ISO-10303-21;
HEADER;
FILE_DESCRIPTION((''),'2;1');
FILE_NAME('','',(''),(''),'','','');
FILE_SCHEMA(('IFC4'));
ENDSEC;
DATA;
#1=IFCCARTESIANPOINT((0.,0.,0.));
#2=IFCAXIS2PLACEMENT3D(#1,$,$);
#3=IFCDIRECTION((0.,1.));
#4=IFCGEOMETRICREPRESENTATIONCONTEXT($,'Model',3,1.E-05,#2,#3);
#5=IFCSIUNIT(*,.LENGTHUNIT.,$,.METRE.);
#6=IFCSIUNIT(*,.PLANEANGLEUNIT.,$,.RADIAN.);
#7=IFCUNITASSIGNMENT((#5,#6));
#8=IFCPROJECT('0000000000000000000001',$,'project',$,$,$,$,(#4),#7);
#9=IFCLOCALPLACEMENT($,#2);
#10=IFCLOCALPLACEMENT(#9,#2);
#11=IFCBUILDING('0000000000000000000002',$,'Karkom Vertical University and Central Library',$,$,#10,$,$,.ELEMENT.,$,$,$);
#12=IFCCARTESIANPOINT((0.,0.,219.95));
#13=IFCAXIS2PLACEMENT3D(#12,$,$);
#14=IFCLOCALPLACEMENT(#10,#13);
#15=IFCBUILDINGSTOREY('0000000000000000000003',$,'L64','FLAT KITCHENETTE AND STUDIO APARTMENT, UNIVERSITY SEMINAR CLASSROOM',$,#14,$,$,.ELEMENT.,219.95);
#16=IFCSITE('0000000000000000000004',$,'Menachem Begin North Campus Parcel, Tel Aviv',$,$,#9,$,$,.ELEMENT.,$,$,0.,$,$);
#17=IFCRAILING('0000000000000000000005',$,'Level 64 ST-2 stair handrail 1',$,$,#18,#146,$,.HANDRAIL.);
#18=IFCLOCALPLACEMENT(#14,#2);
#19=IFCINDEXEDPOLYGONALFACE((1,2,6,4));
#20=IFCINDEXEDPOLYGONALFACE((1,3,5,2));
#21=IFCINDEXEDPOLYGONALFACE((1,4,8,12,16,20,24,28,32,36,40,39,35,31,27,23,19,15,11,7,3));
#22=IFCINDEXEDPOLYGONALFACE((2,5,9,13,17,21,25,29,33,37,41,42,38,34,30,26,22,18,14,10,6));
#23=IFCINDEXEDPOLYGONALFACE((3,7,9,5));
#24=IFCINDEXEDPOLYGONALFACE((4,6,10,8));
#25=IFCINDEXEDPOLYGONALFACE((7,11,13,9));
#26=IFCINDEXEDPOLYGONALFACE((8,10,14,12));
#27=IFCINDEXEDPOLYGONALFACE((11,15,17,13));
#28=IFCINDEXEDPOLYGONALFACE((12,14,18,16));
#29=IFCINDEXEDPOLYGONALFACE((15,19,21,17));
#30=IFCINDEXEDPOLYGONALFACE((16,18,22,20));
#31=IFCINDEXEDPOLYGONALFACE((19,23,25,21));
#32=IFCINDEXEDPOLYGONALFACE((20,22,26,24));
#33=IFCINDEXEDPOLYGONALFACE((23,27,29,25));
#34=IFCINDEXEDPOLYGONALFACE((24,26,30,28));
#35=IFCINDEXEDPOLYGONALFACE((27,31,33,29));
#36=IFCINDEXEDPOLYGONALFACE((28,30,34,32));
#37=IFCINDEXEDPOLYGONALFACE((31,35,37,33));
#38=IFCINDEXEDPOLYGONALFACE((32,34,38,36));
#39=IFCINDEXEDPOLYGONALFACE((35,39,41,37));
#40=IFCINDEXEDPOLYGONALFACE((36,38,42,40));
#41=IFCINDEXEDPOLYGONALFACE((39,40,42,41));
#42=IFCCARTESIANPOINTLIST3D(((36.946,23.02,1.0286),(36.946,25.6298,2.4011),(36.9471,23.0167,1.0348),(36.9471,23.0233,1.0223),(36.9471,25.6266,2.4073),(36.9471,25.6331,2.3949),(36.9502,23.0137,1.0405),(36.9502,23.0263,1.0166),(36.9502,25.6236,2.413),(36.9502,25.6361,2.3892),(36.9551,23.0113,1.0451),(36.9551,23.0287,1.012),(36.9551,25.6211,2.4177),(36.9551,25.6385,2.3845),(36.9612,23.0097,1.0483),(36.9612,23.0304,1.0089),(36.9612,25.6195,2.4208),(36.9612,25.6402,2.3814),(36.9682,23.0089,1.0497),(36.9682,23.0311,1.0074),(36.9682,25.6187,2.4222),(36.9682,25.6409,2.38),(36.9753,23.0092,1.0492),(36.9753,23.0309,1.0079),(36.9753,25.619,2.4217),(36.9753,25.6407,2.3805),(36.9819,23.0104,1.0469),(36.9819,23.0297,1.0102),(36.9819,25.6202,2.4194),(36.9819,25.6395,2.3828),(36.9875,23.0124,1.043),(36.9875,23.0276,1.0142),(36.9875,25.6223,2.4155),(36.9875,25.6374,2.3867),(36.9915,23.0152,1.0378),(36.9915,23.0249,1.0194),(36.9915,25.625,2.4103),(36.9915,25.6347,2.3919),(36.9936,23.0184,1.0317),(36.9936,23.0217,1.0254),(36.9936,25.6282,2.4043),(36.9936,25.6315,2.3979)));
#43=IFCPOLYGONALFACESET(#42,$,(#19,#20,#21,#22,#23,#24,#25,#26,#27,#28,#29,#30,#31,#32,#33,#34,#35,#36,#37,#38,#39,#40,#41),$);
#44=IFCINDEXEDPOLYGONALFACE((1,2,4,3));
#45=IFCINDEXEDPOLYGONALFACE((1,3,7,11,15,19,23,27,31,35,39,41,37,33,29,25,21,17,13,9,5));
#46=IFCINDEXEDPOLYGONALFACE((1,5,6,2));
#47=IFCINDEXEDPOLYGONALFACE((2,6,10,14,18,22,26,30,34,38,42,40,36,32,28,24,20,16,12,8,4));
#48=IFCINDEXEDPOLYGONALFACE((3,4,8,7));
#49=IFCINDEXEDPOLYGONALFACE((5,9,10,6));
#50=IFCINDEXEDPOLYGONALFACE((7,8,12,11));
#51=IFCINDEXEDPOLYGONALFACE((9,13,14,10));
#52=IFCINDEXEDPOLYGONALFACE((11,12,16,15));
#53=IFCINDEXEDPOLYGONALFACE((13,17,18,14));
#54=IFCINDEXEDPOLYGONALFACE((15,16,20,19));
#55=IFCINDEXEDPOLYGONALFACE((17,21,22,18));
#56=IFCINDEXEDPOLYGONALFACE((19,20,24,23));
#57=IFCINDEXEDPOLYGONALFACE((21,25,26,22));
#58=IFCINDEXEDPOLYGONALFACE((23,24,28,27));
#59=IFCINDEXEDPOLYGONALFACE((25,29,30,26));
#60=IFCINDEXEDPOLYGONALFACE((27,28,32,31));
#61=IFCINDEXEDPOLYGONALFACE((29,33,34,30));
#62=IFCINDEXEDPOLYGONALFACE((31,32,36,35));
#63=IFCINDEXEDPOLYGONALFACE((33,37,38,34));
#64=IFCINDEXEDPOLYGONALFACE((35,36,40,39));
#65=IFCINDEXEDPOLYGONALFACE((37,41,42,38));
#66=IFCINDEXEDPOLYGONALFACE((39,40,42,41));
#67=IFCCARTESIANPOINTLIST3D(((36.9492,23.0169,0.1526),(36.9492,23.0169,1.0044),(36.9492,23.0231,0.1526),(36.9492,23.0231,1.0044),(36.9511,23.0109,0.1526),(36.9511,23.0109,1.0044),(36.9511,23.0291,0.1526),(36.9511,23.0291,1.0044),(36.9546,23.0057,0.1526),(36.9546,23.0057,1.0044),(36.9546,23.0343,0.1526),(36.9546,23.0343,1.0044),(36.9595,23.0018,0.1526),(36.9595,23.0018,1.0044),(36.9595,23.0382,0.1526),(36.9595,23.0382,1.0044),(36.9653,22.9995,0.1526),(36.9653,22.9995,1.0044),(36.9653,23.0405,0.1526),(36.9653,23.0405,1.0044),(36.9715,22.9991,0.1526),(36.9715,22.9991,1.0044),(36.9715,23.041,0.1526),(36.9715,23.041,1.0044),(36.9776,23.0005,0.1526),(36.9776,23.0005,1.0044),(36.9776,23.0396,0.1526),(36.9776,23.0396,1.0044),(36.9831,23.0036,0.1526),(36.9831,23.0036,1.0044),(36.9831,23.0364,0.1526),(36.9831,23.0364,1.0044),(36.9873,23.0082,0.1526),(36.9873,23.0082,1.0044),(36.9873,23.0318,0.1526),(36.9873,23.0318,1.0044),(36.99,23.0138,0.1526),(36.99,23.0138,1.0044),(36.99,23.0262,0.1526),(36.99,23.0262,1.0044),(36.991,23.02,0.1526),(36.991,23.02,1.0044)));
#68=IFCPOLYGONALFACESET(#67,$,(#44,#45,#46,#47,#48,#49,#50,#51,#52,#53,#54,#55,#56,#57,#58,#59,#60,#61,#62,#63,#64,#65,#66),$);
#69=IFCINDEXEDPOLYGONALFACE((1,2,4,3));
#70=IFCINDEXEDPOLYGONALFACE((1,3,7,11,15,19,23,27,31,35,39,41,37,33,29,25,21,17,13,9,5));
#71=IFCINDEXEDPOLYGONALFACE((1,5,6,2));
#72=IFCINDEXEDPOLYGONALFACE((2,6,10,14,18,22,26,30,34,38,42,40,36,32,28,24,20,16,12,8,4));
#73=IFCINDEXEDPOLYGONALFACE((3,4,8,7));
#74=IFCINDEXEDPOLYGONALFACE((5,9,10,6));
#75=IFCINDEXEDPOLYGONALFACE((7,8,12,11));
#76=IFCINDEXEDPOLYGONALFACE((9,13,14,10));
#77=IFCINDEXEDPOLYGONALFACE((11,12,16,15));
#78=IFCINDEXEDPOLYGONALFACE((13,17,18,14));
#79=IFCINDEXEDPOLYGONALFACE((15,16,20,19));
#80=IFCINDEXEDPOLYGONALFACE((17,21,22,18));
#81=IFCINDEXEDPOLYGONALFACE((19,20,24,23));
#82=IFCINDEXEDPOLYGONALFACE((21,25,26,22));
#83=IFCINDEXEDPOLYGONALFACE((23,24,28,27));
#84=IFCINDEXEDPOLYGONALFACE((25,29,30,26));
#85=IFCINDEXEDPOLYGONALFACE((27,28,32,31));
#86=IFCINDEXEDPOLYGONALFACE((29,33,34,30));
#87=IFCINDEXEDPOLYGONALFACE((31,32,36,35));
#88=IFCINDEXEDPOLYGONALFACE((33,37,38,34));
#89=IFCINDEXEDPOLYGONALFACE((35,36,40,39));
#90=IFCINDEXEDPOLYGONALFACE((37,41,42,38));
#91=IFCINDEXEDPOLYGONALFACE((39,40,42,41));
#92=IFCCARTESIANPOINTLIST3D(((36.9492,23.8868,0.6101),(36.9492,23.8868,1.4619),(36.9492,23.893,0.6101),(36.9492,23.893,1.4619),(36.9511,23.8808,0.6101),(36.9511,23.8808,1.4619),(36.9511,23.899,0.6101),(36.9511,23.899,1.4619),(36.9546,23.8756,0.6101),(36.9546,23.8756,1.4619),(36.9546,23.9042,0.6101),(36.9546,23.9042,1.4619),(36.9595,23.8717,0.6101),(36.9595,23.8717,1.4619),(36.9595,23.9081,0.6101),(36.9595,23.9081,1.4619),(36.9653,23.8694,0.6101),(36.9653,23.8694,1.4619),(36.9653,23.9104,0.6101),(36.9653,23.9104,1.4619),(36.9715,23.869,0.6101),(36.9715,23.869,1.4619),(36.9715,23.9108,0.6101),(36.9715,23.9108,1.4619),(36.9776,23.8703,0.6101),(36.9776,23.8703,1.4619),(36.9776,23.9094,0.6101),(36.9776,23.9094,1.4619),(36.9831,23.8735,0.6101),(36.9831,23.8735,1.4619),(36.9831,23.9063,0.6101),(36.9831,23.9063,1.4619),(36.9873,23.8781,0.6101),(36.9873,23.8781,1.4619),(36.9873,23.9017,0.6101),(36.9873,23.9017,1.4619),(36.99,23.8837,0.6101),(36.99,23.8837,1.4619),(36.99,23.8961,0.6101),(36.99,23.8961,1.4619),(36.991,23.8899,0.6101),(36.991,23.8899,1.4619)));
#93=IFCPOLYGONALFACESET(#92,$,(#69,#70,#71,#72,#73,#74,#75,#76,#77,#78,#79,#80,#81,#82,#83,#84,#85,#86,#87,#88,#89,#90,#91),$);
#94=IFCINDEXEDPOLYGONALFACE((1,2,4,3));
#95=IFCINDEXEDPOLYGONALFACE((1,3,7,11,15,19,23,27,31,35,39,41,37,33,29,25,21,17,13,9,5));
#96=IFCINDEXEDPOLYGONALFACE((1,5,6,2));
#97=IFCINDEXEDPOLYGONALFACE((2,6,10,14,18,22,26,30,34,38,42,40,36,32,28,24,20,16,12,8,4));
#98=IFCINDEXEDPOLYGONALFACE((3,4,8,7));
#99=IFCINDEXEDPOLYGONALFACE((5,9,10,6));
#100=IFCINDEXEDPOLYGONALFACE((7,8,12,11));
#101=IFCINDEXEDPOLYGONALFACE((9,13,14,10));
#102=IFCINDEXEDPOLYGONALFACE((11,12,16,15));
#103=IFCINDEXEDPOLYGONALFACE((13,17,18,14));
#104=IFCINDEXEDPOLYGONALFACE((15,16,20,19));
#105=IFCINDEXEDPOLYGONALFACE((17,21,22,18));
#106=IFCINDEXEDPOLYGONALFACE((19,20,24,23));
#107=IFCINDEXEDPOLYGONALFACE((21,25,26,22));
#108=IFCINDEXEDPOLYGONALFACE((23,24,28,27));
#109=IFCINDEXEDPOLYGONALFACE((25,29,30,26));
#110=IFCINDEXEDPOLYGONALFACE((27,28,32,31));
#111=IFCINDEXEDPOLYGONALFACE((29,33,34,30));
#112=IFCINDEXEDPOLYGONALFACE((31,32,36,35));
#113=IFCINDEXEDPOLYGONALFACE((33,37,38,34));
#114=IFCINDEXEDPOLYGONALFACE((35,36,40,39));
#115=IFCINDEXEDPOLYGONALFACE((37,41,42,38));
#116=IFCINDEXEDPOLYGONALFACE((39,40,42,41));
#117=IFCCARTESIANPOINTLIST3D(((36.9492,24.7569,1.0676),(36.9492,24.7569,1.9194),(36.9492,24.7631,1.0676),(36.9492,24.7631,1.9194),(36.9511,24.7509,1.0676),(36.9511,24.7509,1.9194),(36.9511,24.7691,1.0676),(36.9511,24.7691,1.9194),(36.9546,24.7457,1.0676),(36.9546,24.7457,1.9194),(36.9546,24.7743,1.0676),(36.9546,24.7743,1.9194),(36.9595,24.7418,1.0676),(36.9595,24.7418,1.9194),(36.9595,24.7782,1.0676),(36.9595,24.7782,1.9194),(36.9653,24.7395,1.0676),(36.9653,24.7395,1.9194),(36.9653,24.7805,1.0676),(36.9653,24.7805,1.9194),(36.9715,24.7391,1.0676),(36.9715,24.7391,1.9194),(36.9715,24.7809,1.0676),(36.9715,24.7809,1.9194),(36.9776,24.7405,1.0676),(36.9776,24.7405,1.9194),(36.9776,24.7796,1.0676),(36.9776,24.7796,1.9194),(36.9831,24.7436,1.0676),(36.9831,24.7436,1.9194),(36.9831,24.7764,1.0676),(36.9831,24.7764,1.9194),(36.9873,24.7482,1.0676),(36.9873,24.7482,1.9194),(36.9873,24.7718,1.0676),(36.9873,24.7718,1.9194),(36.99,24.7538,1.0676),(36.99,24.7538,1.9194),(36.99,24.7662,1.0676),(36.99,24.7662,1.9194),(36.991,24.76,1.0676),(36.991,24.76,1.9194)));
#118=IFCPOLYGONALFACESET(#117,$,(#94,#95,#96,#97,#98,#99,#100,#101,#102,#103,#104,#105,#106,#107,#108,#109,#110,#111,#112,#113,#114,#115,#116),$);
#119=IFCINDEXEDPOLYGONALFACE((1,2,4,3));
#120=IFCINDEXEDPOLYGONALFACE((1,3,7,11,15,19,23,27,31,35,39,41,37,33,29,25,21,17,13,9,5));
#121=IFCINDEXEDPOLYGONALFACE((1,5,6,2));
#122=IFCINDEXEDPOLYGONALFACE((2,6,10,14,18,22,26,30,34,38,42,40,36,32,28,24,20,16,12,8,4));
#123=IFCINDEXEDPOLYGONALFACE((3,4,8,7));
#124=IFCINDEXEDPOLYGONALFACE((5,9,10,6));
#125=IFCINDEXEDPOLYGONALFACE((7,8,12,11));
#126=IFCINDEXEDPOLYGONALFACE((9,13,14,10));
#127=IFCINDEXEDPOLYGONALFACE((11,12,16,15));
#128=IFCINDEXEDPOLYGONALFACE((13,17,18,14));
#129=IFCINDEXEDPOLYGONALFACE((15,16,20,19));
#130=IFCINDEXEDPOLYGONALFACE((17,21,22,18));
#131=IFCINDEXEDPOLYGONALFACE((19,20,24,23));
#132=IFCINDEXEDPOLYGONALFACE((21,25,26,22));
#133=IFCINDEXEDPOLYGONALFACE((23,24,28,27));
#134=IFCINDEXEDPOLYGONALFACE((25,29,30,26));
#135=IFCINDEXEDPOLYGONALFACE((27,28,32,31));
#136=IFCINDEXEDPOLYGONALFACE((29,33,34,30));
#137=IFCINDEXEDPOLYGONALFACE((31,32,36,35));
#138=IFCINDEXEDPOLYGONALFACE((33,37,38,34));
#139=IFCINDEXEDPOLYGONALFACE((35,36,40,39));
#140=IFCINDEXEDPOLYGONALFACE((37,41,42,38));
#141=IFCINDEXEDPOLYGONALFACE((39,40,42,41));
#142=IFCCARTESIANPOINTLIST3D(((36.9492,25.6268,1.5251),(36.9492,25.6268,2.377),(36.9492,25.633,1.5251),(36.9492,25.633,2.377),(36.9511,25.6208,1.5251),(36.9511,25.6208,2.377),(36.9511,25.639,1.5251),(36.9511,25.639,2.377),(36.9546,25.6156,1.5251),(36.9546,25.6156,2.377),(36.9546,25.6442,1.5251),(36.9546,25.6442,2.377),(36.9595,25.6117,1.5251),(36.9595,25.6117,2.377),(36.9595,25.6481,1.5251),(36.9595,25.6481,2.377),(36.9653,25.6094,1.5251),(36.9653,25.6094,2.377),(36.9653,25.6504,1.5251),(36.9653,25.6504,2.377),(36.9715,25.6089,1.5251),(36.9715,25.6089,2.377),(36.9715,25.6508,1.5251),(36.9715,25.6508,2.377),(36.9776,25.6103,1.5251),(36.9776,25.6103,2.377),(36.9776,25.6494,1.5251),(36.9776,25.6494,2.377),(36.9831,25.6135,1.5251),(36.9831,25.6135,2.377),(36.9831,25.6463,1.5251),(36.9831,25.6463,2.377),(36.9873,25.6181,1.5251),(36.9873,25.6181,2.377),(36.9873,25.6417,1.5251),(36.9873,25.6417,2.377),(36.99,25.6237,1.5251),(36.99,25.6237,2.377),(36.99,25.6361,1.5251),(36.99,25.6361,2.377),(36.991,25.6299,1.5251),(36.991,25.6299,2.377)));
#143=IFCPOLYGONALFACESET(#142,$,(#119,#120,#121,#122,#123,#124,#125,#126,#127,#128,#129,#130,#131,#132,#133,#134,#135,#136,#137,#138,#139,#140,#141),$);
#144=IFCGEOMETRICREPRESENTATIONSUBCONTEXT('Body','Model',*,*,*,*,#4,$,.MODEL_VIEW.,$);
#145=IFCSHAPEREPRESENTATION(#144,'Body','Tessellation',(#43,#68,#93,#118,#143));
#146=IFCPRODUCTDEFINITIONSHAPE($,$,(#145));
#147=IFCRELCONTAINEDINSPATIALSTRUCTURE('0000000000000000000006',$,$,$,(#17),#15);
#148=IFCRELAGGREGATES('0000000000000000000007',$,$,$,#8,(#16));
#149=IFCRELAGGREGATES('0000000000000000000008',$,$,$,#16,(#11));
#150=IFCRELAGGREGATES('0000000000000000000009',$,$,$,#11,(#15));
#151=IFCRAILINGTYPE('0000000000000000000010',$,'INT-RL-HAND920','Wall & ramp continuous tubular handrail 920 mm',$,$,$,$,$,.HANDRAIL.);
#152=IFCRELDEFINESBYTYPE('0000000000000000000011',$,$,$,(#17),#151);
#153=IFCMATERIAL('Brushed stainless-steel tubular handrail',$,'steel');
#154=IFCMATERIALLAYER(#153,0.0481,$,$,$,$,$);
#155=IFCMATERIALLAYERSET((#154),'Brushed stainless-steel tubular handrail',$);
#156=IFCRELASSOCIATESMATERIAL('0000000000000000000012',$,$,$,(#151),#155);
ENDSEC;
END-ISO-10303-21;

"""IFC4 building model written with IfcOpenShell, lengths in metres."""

from ifc_helpers import new_model, si_unit, direction, frame, origin, origin_2d, place, context, subcontext, project, spatial, circle, extrude, material, layer, layer_set, type_object, element, save


model = new_model("IFC4")

# Units and contexts
model_context = context("Model", 3, precision=1e-05, world=origin(), true_north=direction((0.0, 1.0)))
body_context = subcontext(model_context, "Body", "Model", "MODEL_VIEW")
ifc_project = project(units=[si_unit("LENGTHUNIT", "METRE"), si_unit("PLANEANGLEUNIT", "RADIAN")], contexts=[model_context])

# Site, building, storey
site_placement = place(None, origin())
site = spatial("IfcSite", under=ifc_project, at=site_placement, Name="Menachem Begin North Campus Parcel, Tel Aviv", CompositionType="ELEMENT", RefElevation=0.0)
building_placement = place(site_placement, origin())
building = spatial("IfcBuilding", under=site, at=building_placement, Name="Karkom Vertical University and Central Library", CompositionType="ELEMENT")
storey_placement = place(building_placement, frame((0.0, 0.0, 219.95)))
storey = spatial("IfcBuildingStorey", under=building, at=storey_placement, Name="L64", Description="FLAT KITCHENETTE AND STUDIO APARTMENT, UNIVERSITY SEMINAR CLASSROOM", CompositionType="ELEMENT", Elevation=219.95)

# Railing
ifc_material_1 = material(Name="Brushed stainless-steel tubular handrail", Category="steel")
ifc_layer_1 = layer(ifc_material_1, 0.0481)
ifc_layer_set_1 = layer_set([ifc_layer_1], Name="Brushed stainless-steel tubular handrail")
railing_type_1 = type_object("IfcRailingType", Name="INT-RL-HAND920", Description="Wall & ramp continuous tubular handrail 920 mm", PredefinedType="HANDRAIL", material=ifc_layer_set_1)
railing_1_placement = place(storey_placement, frame((36.97, 23.02, 0.1526)))
element("IfcRailing", 1, at=railing_1_placement, inside=storey, type_object=railing_type_1, Name="Level 64 ST-2 stair handrail 1", PredefinedType="HANDRAIL", context=body_context, shape_type="SweptSolid", body=[
    extrude(circle(Radius=0.0239, at=origin_2d()), frame((0.0, 0.0, 0.876), z_axis=(0.0, 0.885065, 0.465467), x_axis=(-1.0, 0.0, 0.0)), (0.0, 0.0, 1.0), 2.9487),
    extrude(circle(Radius=0.021, at=origin_2d()), origin(), (0.0, 0.0, 1.0), 0.8518),
    extrude(circle(Radius=0.021, at=origin_2d()), frame((0.0, 0.8699, 0.4575)), (0.0, 0.0, 1.0), 0.8518),
    extrude(circle(Radius=0.021, at=origin_2d()), frame((0.0, 1.74, 0.915)), (0.0, 0.0, 1.0), 0.8518),
    extrude(circle(Radius=0.021, at=origin_2d()), frame((0.0, 2.6099, 1.3726)), (0.0, 0.0, 1.0), 0.8518),
])

save(model, "model.ifc")
